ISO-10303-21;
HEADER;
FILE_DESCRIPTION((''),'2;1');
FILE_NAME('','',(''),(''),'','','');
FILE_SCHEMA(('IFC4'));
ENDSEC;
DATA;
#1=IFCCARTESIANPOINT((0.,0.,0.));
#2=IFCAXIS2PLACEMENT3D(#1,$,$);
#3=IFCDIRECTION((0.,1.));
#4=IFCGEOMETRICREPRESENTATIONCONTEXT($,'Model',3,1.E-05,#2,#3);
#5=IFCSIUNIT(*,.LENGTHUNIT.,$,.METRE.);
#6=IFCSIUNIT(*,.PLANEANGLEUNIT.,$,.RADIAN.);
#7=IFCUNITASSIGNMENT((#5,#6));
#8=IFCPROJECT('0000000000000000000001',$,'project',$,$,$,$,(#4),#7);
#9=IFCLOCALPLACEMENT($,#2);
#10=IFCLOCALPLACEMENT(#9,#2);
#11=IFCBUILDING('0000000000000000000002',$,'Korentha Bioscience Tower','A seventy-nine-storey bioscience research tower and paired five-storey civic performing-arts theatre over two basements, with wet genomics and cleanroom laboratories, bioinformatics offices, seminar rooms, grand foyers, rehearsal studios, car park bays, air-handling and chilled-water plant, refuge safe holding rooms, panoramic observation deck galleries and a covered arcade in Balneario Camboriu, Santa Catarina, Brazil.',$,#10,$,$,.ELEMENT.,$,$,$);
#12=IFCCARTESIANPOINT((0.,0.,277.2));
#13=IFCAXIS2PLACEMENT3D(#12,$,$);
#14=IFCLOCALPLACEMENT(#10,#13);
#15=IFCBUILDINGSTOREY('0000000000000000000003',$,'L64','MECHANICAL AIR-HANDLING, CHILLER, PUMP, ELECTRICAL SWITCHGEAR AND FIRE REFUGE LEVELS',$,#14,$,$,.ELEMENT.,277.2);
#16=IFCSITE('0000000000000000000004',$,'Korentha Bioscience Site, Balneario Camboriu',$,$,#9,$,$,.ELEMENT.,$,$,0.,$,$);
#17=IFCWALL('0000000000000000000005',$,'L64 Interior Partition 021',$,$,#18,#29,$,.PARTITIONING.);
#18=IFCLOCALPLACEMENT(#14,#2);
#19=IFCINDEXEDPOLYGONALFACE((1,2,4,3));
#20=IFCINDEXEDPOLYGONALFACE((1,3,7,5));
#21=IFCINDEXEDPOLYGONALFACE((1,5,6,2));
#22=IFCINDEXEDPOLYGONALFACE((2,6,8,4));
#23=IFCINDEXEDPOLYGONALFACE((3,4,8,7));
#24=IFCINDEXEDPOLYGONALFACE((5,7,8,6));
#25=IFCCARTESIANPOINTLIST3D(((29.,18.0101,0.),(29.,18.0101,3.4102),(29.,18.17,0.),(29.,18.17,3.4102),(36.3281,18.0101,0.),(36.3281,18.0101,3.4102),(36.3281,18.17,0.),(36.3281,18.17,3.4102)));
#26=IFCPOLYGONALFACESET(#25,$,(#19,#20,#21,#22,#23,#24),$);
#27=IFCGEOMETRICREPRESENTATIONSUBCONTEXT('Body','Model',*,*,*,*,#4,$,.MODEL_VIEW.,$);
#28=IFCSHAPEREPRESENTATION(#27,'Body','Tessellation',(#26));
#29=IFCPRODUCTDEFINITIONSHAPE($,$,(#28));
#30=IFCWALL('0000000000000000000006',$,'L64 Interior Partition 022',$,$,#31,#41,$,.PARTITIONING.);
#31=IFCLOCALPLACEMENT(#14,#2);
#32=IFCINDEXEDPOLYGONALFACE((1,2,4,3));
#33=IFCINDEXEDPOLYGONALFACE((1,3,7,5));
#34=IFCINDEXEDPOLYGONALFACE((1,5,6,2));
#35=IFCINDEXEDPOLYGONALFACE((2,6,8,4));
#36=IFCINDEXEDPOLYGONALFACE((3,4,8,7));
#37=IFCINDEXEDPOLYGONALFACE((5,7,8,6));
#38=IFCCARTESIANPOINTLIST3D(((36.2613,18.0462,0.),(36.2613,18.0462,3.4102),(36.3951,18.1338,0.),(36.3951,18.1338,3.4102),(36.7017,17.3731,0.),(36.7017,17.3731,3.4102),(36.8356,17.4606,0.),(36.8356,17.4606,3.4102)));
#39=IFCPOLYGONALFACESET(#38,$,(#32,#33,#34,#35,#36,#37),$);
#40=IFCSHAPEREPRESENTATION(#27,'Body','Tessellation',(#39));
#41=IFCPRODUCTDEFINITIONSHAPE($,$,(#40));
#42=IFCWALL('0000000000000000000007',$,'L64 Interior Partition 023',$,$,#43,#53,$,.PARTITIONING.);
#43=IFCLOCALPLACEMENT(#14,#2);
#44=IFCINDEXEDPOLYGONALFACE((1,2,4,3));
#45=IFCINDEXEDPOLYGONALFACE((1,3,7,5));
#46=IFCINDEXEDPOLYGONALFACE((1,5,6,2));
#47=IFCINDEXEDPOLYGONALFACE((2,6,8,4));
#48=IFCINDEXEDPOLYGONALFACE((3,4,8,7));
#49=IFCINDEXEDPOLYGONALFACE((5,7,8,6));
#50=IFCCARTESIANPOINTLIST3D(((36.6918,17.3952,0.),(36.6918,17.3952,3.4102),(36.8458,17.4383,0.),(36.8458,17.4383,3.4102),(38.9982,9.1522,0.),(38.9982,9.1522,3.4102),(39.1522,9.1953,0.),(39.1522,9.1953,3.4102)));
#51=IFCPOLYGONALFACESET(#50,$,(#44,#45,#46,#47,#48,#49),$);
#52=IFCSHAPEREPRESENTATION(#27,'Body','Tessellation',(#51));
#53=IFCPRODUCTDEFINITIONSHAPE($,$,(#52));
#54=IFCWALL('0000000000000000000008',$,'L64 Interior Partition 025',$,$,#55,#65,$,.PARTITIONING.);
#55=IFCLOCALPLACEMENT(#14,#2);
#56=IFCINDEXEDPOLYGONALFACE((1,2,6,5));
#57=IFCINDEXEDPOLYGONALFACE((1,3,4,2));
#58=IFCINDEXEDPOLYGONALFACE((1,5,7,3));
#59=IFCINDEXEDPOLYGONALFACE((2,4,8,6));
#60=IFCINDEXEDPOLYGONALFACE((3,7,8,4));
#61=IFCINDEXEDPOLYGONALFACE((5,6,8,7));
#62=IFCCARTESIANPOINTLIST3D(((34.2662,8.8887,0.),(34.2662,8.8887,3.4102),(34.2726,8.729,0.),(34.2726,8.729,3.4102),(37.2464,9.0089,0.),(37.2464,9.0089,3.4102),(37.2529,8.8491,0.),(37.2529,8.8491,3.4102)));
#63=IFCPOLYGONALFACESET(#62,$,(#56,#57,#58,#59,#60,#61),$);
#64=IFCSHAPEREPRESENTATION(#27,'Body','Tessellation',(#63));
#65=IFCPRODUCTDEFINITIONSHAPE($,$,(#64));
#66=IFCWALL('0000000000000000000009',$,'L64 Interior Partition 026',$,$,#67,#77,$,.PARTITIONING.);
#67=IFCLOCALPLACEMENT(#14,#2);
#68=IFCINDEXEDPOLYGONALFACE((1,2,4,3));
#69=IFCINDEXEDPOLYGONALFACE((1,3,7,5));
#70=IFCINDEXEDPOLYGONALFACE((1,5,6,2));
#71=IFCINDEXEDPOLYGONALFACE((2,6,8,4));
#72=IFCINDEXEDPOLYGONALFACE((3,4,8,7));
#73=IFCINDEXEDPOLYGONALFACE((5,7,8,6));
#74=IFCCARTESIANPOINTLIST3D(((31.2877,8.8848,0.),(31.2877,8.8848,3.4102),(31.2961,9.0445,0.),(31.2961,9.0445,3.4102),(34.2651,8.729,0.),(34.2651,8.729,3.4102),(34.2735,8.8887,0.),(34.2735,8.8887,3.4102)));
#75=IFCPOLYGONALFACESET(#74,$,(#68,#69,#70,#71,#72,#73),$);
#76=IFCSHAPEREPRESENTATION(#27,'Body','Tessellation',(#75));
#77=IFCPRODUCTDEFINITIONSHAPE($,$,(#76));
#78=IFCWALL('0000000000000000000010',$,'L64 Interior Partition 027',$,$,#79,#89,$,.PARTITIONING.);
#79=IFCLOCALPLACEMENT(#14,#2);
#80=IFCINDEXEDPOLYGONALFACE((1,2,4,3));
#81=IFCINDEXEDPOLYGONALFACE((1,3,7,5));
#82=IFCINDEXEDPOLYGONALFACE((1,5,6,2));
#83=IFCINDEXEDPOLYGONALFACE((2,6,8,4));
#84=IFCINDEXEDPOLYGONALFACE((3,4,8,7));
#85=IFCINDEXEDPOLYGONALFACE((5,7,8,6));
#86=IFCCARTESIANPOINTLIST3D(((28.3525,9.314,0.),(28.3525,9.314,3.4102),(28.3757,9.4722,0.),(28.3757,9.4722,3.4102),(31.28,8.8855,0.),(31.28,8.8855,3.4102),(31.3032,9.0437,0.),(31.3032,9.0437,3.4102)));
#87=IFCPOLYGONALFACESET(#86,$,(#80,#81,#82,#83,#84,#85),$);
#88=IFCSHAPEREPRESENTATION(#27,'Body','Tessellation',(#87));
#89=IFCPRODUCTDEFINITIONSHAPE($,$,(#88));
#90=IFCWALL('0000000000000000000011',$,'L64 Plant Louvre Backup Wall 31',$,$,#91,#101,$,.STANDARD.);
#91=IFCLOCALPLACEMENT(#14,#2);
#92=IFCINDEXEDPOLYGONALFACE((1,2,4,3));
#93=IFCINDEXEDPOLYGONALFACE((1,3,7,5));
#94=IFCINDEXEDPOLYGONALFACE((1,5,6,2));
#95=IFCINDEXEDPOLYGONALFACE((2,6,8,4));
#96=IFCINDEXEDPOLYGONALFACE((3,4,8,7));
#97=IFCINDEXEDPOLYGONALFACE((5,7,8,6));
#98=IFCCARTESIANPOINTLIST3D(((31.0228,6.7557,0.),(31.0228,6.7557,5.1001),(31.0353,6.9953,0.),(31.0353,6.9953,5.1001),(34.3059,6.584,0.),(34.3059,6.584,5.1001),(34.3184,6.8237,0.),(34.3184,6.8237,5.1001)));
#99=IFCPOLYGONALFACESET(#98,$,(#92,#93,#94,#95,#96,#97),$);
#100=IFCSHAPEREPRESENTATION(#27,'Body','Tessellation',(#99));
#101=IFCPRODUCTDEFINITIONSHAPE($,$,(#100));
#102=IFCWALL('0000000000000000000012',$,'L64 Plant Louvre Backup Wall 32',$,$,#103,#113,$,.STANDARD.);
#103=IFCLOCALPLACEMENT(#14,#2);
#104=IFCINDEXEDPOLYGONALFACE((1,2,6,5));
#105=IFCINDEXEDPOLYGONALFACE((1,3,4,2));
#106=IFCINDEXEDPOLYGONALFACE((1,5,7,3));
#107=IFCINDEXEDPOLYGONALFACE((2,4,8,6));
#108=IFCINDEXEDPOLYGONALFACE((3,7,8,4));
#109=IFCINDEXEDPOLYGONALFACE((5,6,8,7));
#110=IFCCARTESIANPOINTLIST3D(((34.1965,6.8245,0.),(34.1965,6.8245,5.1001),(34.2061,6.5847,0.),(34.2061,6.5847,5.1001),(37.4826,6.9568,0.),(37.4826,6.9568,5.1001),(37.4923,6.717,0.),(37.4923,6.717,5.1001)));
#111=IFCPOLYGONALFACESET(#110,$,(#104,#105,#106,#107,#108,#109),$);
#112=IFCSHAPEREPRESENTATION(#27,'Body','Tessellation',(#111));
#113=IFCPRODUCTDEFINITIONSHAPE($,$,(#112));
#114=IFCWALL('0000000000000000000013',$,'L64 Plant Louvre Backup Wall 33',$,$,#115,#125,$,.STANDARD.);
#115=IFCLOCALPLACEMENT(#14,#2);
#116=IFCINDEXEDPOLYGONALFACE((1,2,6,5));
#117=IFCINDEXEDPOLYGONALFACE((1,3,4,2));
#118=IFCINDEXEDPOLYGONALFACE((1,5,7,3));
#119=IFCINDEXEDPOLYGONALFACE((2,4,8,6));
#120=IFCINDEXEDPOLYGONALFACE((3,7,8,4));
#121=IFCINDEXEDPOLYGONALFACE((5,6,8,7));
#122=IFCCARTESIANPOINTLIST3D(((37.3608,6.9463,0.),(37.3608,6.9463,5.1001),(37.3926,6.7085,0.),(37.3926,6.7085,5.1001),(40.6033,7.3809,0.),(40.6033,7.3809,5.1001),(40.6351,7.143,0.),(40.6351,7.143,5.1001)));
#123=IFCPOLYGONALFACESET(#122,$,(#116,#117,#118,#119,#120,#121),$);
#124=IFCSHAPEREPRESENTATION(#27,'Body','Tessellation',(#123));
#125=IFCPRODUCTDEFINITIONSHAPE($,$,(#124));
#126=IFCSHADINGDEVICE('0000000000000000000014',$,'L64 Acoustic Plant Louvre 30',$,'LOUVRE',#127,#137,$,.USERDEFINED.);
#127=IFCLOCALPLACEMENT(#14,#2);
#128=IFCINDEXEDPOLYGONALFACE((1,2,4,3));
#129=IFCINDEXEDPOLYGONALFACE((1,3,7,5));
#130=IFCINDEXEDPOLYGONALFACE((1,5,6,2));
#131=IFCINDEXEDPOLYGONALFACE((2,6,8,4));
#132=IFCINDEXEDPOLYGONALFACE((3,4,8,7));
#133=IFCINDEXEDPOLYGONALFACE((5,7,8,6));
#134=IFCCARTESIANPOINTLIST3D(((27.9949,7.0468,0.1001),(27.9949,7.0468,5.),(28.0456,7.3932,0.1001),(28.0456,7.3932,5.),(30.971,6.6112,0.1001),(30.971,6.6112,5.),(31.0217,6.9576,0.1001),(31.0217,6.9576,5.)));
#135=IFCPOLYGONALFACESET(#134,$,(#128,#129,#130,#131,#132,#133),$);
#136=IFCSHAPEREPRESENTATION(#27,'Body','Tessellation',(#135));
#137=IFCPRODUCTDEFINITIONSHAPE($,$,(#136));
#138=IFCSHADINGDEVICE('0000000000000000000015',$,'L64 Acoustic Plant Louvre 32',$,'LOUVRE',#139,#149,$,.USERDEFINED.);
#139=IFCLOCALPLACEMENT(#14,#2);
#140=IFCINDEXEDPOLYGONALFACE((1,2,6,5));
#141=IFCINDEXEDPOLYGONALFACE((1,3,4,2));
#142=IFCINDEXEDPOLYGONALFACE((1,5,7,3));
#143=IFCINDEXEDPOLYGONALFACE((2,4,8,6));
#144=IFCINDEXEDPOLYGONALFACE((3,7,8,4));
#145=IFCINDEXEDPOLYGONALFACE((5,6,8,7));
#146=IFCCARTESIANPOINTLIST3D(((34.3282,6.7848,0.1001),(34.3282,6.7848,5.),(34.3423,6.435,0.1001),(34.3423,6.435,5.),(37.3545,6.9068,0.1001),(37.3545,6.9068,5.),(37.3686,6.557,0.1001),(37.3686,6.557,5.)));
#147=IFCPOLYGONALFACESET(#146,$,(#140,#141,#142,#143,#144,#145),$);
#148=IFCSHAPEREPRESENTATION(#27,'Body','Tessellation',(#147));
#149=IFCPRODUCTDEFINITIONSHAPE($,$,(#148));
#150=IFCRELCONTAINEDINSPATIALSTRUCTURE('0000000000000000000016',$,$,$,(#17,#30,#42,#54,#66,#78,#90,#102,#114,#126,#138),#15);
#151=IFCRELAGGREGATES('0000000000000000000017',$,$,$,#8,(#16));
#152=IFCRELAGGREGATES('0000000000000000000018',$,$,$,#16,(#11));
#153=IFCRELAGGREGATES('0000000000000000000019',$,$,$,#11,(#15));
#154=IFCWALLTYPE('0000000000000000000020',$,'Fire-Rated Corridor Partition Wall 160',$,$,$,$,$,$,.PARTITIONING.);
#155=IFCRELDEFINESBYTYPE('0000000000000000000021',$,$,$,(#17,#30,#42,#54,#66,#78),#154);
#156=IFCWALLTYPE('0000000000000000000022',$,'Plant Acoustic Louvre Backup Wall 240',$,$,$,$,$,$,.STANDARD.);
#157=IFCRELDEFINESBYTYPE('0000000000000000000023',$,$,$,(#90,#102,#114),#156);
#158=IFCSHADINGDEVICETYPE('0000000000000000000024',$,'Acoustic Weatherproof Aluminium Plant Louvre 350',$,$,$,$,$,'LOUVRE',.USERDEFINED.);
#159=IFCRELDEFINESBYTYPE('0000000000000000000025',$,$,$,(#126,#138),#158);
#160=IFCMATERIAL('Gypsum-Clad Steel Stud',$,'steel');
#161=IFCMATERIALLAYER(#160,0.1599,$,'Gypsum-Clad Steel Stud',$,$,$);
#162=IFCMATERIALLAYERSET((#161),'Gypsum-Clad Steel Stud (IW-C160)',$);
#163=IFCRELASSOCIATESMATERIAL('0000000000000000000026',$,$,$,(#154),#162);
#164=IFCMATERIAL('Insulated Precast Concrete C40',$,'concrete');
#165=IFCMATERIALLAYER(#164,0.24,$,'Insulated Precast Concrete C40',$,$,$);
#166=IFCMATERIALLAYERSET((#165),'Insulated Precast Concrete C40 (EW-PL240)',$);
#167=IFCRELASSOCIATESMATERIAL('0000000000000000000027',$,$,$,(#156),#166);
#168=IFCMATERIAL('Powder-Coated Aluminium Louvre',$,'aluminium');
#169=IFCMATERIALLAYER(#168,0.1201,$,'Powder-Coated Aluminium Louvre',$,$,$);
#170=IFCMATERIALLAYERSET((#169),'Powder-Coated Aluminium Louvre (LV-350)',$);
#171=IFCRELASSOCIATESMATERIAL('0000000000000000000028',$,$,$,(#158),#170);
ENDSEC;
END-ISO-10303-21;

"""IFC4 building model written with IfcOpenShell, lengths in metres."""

from ifc_helpers import new_model, si_unit, direction, frame, frame_2d, origin, origin_2d, place, context, subcontext, project, spatial, rectangle, extrude, material, layer, layer_set, type_object, element, save


model = new_model("IFC4")

# Units and contexts
model_context = context("Model", 3, precision=1e-05, world=origin(), true_north=direction((0.0, 1.0)))
body_context = subcontext(model_context, "Body", "Model", "MODEL_VIEW")
ifc_project = project(units=[si_unit("LENGTHUNIT", "METRE"), si_unit("PLANEANGLEUNIT", "RADIAN")], contexts=[model_context])

# Site, building, storey
site_placement = place(None, origin())
site = spatial("IfcSite", under=ifc_project, at=site_placement, Name="Korentha Bioscience Site, Balneario Camboriu", CompositionType="ELEMENT", RefElevation=0.0)
building_placement = place(site_placement, origin())
building = spatial("IfcBuilding", under=site, at=building_placement, Name="Korentha Bioscience Tower", Description="A seventy-nine-storey bioscience research tower and paired five-storey civic performing-arts theatre over two basements, with wet genomics and cleanroom laboratories, bioinformatics offices, seminar rooms, grand foyers, rehearsal studios, car park bays, air-handling and chilled-water plant, refuge safe holding rooms, panoramic observation deck galleries and a covered arcade in Balneario Camboriu, Santa Catarina, Brazil.", CompositionType="ELEMENT")
storey_placement = place(building_placement, frame((0.0, 0.0, 277.2)))
storey = spatial("IfcBuildingStorey", under=building, at=storey_placement, Name="L64", Description="MECHANICAL AIR-HANDLING, CHILLER, PUMP, ELECTRICAL SWITCHGEAR AND FIRE REFUGE LEVELS", CompositionType="ELEMENT", Elevation=277.2)

# Walls
ifc_material_1 = material(Name="Gypsum-Clad Steel Stud", Category="steel")
ifc_layer_1 = layer(ifc_material_1, 0.1599, Name="Gypsum-Clad Steel Stud")
ifc_layer_set_1 = layer_set([ifc_layer_1], Name="Gypsum-Clad Steel Stud (IW-C160)")
wall_type_1 = type_object("IfcWallType", Name="Fire-Rated Corridor Partition Wall 160", PredefinedType="PARTITIONING", material=ifc_layer_set_1)
wall_1_placement = place(storey_placement, frame((29.0, 18.0901, 0.0), z_axis=(0.0, 0.0, 1.0), x_axis=(1.0, 0.0, 0.0)))
element("IfcWall", 1, at=wall_1_placement, inside=storey, type_object=wall_type_1, Name="L64 Interior Partition 021", PredefinedType="PARTITIONING", context=body_context, shape_type="SweptSolid", body=[
    extrude(rectangle(XDim=7.3281, YDim=0.1599, at=frame_2d((3.6641, 0.0))), origin(), (0.0, 0.0, 1.0), 3.4102),
])
wall_2_placement = place(storey_placement, frame((36.3281, 18.0901, 0.0), z_axis=(0.0, 0.0, 1.0), x_axis=(0.547536, -0.836782, 0.0)))
element("IfcWall", 2, at=wall_2_placement, inside=storey, type_object=wall_type_1, Name="L64 Interior Partition 022", PredefinedType="PARTITIONING", context=body_context, shape_type="SweptSolid", body=[
    extrude(rectangle(XDim=0.8044, YDim=0.1599, at=frame_2d((0.4023, 0.0))), origin(), (0.0, 0.0, 1.0), 3.4102),
])
wall_3_placement = place(storey_placement, frame((36.7688, 17.4167, 0.0), z_axis=(0.0, 0.0, 1.0), x_axis=(0.269454, -0.963013, 0.0)))
element("IfcWall", 3, at=wall_3_placement, inside=storey, type_object=wall_type_1, Name="L64 Interior Partition 023", PredefinedType="PARTITIONING", context=body_context, shape_type="SweptSolid", body=[
    extrude(rectangle(XDim=8.5596, YDim=0.1599, at=frame_2d((4.2798, 0.0))), origin(), (0.0, 0.0, 1.0), 3.4102),
])
wall_4_placement = place(storey_placement, frame((37.2495, 8.929, 0.0), z_axis=(0.0, 0.0, 1.0), x_axis=(-0.999189, -0.040272, 0.0)))
element("IfcWall", 4, at=wall_4_placement, inside=storey, type_object=wall_type_1, Name="L64 Interior Partition 025", PredefinedType="PARTITIONING", context=body_context, shape_type="SweptSolid", body=[
    extrude(rectangle(XDim=2.9827, YDim=0.1599, at=frame_2d((1.4912, 0.0))), origin(), (0.0, 0.0, 1.0), 3.4102),
])
wall_5_placement = place(storey_placement, frame((34.2693, 8.8088, 0.0), z_axis=(0.0, 0.0, 1.0), x_axis=(-0.998634, 0.052245, 0.0)))
element("IfcWall", 5, at=wall_5_placement, inside=storey, type_object=wall_type_1, Name="L64 Interior Partition 026", PredefinedType="PARTITIONING", context=body_context, shape_type="SweptSolid", body=[
    extrude(rectangle(XDim=2.9814, YDim=0.1599, at=frame_2d((1.4907, 0.0))), origin(), (0.0, 0.0, 1.0), 3.4102),
])
wall_6_placement = place(storey_placement, frame((31.2917, 8.9646, 0.0), z_axis=(0.0, 0.0, 1.0), x_axis=(-0.989458, 0.144817, 0.0)))
element("IfcWall", 6, at=wall_6_placement, inside=storey, type_object=wall_type_1, Name="L64 Interior Partition 027", PredefinedType="PARTITIONING", context=body_context, shape_type="SweptSolid", body=[
    extrude(rectangle(XDim=2.9587, YDim=0.1599, at=frame_2d((1.4795, 0.0))), origin(), (0.0, 0.0, 1.0), 3.4102),
])
ifc_material_2 = material(Name="Insulated Precast Concrete C40", Category="concrete")
ifc_layer_2 = layer(ifc_material_2, 0.24, Name="Insulated Precast Concrete C40")
ifc_layer_set_2 = layer_set([ifc_layer_2], Name="Insulated Precast Concrete C40 (EW-PL240)")
wall_type_2 = type_object("IfcWallType", Name="Plant Acoustic Louvre Backup Wall 240", PredefinedType="STANDARD", material=ifc_layer_set_2)
wall_7_placement = place(storey_placement, frame((31.0291, 6.8755, 0.0), z_axis=(0.0, 0.0, 1.0), x_axis=(0.998636, -0.052204, 0.0)))
element("IfcWall", 7, at=wall_7_placement, inside=storey, type_object=wall_type_2, Name="L64 Plant Louvre Backup Wall 31", PredefinedType="STANDARD", context=body_context, shape_type="SweptSolid", body=[
    extrude(rectangle(XDim=3.2876, YDim=0.24, at=frame_2d((1.6438, 0.0))), origin(), (0.0, 0.0, 1.0), 5.1001),
])
wall_8_placement = place(storey_placement, frame((34.2012, 6.7046, 0.0), z_axis=(0.0, 0.0, 1.0), x_axis=(0.99919, 0.040235, 0.0)))
element("IfcWall", 8, at=wall_8_placement, inside=storey, type_object=wall_type_2, Name="L64 Plant Louvre Backup Wall 32", PredefinedType="STANDARD", context=body_context, shape_type="SweptSolid", body=[
    extrude(rectangle(XDim=3.2888, YDim=0.24, at=frame_2d((1.6445, 0.0))), origin(), (0.0, 0.0, 1.0), 5.1001),
])
wall_9_placement = place(storey_placement, frame((37.3767, 6.8274, 0.0), z_axis=(0.0, 0.0, 1.0), x_axis=(0.991138, 0.132838, 0.0)))
element("IfcWall", 9, at=wall_9_placement, inside=storey, type_object=wall_type_2, Name="L64 Plant Louvre Backup Wall 33", PredefinedType="STANDARD", context=body_context, shape_type="SweptSolid", body=[
    extrude(rectangle(XDim=3.2715, YDim=0.24, at=frame_2d((1.6357, 0.0))), origin(), (0.0, 0.0, 1.0), 5.1001),
])

# Shading devices
ifc_material_3 = material(Name="Powder-Coated Aluminium Louvre", Category="aluminium")
ifc_layer_3 = layer(ifc_material_3, 0.1201, Name="Powder-Coated Aluminium Louvre")
ifc_layer_set_3 = layer_set([ifc_layer_3], Name="Powder-Coated Aluminium Louvre (LV-350)")
shading_device_type = type_object("IfcShadingDeviceType", Name="Acoustic Weatherproof Aluminium Plant Louvre 350", ElementType="LOUVRE", PredefinedType="USERDEFINED", material=ifc_layer_set_3)
shading_device_1_placement = place(storey_placement, frame((29.5083, 7.0022, 0.1001), z_axis=(0.0, 0.0, 1.0), x_axis=(0.98946, -0.144806, 0.0)))
element("IfcShadingDevice", 10, at=shading_device_1_placement, inside=storey, type_object=shading_device_type, Name="L64 Acoustic Plant Louvre 30", ObjectType="LOUVRE", PredefinedType="USERDEFINED", context=body_context, shape_type="SweptSolid", body=[
    extrude(rectangle(XDim=3.0078, YDim=0.3501, at=origin_2d()), origin(), (0.0, 0.0, 1.0), 4.8999),
])
shading_device_2_placement = place(storey_placement, frame((35.8484, 6.6709, 0.1001), z_axis=(0.0, 0.0, 1.0), x_axis=(0.999189, 0.040265, 0.0)))
element("IfcShadingDevice", 11, at=shading_device_2_placement, inside=storey, type_object=shading_device_type, Name="L64 Acoustic Plant Louvre 32", ObjectType="LOUVRE", PredefinedType="USERDEFINED", context=body_context, shape_type="SweptSolid", body=[
    extrude(rectangle(XDim=3.0288, YDim=0.3501, at=origin_2d()), origin(), (0.0, 0.0, 1.0), 4.8999),
])

save(model, "model.ifc")
